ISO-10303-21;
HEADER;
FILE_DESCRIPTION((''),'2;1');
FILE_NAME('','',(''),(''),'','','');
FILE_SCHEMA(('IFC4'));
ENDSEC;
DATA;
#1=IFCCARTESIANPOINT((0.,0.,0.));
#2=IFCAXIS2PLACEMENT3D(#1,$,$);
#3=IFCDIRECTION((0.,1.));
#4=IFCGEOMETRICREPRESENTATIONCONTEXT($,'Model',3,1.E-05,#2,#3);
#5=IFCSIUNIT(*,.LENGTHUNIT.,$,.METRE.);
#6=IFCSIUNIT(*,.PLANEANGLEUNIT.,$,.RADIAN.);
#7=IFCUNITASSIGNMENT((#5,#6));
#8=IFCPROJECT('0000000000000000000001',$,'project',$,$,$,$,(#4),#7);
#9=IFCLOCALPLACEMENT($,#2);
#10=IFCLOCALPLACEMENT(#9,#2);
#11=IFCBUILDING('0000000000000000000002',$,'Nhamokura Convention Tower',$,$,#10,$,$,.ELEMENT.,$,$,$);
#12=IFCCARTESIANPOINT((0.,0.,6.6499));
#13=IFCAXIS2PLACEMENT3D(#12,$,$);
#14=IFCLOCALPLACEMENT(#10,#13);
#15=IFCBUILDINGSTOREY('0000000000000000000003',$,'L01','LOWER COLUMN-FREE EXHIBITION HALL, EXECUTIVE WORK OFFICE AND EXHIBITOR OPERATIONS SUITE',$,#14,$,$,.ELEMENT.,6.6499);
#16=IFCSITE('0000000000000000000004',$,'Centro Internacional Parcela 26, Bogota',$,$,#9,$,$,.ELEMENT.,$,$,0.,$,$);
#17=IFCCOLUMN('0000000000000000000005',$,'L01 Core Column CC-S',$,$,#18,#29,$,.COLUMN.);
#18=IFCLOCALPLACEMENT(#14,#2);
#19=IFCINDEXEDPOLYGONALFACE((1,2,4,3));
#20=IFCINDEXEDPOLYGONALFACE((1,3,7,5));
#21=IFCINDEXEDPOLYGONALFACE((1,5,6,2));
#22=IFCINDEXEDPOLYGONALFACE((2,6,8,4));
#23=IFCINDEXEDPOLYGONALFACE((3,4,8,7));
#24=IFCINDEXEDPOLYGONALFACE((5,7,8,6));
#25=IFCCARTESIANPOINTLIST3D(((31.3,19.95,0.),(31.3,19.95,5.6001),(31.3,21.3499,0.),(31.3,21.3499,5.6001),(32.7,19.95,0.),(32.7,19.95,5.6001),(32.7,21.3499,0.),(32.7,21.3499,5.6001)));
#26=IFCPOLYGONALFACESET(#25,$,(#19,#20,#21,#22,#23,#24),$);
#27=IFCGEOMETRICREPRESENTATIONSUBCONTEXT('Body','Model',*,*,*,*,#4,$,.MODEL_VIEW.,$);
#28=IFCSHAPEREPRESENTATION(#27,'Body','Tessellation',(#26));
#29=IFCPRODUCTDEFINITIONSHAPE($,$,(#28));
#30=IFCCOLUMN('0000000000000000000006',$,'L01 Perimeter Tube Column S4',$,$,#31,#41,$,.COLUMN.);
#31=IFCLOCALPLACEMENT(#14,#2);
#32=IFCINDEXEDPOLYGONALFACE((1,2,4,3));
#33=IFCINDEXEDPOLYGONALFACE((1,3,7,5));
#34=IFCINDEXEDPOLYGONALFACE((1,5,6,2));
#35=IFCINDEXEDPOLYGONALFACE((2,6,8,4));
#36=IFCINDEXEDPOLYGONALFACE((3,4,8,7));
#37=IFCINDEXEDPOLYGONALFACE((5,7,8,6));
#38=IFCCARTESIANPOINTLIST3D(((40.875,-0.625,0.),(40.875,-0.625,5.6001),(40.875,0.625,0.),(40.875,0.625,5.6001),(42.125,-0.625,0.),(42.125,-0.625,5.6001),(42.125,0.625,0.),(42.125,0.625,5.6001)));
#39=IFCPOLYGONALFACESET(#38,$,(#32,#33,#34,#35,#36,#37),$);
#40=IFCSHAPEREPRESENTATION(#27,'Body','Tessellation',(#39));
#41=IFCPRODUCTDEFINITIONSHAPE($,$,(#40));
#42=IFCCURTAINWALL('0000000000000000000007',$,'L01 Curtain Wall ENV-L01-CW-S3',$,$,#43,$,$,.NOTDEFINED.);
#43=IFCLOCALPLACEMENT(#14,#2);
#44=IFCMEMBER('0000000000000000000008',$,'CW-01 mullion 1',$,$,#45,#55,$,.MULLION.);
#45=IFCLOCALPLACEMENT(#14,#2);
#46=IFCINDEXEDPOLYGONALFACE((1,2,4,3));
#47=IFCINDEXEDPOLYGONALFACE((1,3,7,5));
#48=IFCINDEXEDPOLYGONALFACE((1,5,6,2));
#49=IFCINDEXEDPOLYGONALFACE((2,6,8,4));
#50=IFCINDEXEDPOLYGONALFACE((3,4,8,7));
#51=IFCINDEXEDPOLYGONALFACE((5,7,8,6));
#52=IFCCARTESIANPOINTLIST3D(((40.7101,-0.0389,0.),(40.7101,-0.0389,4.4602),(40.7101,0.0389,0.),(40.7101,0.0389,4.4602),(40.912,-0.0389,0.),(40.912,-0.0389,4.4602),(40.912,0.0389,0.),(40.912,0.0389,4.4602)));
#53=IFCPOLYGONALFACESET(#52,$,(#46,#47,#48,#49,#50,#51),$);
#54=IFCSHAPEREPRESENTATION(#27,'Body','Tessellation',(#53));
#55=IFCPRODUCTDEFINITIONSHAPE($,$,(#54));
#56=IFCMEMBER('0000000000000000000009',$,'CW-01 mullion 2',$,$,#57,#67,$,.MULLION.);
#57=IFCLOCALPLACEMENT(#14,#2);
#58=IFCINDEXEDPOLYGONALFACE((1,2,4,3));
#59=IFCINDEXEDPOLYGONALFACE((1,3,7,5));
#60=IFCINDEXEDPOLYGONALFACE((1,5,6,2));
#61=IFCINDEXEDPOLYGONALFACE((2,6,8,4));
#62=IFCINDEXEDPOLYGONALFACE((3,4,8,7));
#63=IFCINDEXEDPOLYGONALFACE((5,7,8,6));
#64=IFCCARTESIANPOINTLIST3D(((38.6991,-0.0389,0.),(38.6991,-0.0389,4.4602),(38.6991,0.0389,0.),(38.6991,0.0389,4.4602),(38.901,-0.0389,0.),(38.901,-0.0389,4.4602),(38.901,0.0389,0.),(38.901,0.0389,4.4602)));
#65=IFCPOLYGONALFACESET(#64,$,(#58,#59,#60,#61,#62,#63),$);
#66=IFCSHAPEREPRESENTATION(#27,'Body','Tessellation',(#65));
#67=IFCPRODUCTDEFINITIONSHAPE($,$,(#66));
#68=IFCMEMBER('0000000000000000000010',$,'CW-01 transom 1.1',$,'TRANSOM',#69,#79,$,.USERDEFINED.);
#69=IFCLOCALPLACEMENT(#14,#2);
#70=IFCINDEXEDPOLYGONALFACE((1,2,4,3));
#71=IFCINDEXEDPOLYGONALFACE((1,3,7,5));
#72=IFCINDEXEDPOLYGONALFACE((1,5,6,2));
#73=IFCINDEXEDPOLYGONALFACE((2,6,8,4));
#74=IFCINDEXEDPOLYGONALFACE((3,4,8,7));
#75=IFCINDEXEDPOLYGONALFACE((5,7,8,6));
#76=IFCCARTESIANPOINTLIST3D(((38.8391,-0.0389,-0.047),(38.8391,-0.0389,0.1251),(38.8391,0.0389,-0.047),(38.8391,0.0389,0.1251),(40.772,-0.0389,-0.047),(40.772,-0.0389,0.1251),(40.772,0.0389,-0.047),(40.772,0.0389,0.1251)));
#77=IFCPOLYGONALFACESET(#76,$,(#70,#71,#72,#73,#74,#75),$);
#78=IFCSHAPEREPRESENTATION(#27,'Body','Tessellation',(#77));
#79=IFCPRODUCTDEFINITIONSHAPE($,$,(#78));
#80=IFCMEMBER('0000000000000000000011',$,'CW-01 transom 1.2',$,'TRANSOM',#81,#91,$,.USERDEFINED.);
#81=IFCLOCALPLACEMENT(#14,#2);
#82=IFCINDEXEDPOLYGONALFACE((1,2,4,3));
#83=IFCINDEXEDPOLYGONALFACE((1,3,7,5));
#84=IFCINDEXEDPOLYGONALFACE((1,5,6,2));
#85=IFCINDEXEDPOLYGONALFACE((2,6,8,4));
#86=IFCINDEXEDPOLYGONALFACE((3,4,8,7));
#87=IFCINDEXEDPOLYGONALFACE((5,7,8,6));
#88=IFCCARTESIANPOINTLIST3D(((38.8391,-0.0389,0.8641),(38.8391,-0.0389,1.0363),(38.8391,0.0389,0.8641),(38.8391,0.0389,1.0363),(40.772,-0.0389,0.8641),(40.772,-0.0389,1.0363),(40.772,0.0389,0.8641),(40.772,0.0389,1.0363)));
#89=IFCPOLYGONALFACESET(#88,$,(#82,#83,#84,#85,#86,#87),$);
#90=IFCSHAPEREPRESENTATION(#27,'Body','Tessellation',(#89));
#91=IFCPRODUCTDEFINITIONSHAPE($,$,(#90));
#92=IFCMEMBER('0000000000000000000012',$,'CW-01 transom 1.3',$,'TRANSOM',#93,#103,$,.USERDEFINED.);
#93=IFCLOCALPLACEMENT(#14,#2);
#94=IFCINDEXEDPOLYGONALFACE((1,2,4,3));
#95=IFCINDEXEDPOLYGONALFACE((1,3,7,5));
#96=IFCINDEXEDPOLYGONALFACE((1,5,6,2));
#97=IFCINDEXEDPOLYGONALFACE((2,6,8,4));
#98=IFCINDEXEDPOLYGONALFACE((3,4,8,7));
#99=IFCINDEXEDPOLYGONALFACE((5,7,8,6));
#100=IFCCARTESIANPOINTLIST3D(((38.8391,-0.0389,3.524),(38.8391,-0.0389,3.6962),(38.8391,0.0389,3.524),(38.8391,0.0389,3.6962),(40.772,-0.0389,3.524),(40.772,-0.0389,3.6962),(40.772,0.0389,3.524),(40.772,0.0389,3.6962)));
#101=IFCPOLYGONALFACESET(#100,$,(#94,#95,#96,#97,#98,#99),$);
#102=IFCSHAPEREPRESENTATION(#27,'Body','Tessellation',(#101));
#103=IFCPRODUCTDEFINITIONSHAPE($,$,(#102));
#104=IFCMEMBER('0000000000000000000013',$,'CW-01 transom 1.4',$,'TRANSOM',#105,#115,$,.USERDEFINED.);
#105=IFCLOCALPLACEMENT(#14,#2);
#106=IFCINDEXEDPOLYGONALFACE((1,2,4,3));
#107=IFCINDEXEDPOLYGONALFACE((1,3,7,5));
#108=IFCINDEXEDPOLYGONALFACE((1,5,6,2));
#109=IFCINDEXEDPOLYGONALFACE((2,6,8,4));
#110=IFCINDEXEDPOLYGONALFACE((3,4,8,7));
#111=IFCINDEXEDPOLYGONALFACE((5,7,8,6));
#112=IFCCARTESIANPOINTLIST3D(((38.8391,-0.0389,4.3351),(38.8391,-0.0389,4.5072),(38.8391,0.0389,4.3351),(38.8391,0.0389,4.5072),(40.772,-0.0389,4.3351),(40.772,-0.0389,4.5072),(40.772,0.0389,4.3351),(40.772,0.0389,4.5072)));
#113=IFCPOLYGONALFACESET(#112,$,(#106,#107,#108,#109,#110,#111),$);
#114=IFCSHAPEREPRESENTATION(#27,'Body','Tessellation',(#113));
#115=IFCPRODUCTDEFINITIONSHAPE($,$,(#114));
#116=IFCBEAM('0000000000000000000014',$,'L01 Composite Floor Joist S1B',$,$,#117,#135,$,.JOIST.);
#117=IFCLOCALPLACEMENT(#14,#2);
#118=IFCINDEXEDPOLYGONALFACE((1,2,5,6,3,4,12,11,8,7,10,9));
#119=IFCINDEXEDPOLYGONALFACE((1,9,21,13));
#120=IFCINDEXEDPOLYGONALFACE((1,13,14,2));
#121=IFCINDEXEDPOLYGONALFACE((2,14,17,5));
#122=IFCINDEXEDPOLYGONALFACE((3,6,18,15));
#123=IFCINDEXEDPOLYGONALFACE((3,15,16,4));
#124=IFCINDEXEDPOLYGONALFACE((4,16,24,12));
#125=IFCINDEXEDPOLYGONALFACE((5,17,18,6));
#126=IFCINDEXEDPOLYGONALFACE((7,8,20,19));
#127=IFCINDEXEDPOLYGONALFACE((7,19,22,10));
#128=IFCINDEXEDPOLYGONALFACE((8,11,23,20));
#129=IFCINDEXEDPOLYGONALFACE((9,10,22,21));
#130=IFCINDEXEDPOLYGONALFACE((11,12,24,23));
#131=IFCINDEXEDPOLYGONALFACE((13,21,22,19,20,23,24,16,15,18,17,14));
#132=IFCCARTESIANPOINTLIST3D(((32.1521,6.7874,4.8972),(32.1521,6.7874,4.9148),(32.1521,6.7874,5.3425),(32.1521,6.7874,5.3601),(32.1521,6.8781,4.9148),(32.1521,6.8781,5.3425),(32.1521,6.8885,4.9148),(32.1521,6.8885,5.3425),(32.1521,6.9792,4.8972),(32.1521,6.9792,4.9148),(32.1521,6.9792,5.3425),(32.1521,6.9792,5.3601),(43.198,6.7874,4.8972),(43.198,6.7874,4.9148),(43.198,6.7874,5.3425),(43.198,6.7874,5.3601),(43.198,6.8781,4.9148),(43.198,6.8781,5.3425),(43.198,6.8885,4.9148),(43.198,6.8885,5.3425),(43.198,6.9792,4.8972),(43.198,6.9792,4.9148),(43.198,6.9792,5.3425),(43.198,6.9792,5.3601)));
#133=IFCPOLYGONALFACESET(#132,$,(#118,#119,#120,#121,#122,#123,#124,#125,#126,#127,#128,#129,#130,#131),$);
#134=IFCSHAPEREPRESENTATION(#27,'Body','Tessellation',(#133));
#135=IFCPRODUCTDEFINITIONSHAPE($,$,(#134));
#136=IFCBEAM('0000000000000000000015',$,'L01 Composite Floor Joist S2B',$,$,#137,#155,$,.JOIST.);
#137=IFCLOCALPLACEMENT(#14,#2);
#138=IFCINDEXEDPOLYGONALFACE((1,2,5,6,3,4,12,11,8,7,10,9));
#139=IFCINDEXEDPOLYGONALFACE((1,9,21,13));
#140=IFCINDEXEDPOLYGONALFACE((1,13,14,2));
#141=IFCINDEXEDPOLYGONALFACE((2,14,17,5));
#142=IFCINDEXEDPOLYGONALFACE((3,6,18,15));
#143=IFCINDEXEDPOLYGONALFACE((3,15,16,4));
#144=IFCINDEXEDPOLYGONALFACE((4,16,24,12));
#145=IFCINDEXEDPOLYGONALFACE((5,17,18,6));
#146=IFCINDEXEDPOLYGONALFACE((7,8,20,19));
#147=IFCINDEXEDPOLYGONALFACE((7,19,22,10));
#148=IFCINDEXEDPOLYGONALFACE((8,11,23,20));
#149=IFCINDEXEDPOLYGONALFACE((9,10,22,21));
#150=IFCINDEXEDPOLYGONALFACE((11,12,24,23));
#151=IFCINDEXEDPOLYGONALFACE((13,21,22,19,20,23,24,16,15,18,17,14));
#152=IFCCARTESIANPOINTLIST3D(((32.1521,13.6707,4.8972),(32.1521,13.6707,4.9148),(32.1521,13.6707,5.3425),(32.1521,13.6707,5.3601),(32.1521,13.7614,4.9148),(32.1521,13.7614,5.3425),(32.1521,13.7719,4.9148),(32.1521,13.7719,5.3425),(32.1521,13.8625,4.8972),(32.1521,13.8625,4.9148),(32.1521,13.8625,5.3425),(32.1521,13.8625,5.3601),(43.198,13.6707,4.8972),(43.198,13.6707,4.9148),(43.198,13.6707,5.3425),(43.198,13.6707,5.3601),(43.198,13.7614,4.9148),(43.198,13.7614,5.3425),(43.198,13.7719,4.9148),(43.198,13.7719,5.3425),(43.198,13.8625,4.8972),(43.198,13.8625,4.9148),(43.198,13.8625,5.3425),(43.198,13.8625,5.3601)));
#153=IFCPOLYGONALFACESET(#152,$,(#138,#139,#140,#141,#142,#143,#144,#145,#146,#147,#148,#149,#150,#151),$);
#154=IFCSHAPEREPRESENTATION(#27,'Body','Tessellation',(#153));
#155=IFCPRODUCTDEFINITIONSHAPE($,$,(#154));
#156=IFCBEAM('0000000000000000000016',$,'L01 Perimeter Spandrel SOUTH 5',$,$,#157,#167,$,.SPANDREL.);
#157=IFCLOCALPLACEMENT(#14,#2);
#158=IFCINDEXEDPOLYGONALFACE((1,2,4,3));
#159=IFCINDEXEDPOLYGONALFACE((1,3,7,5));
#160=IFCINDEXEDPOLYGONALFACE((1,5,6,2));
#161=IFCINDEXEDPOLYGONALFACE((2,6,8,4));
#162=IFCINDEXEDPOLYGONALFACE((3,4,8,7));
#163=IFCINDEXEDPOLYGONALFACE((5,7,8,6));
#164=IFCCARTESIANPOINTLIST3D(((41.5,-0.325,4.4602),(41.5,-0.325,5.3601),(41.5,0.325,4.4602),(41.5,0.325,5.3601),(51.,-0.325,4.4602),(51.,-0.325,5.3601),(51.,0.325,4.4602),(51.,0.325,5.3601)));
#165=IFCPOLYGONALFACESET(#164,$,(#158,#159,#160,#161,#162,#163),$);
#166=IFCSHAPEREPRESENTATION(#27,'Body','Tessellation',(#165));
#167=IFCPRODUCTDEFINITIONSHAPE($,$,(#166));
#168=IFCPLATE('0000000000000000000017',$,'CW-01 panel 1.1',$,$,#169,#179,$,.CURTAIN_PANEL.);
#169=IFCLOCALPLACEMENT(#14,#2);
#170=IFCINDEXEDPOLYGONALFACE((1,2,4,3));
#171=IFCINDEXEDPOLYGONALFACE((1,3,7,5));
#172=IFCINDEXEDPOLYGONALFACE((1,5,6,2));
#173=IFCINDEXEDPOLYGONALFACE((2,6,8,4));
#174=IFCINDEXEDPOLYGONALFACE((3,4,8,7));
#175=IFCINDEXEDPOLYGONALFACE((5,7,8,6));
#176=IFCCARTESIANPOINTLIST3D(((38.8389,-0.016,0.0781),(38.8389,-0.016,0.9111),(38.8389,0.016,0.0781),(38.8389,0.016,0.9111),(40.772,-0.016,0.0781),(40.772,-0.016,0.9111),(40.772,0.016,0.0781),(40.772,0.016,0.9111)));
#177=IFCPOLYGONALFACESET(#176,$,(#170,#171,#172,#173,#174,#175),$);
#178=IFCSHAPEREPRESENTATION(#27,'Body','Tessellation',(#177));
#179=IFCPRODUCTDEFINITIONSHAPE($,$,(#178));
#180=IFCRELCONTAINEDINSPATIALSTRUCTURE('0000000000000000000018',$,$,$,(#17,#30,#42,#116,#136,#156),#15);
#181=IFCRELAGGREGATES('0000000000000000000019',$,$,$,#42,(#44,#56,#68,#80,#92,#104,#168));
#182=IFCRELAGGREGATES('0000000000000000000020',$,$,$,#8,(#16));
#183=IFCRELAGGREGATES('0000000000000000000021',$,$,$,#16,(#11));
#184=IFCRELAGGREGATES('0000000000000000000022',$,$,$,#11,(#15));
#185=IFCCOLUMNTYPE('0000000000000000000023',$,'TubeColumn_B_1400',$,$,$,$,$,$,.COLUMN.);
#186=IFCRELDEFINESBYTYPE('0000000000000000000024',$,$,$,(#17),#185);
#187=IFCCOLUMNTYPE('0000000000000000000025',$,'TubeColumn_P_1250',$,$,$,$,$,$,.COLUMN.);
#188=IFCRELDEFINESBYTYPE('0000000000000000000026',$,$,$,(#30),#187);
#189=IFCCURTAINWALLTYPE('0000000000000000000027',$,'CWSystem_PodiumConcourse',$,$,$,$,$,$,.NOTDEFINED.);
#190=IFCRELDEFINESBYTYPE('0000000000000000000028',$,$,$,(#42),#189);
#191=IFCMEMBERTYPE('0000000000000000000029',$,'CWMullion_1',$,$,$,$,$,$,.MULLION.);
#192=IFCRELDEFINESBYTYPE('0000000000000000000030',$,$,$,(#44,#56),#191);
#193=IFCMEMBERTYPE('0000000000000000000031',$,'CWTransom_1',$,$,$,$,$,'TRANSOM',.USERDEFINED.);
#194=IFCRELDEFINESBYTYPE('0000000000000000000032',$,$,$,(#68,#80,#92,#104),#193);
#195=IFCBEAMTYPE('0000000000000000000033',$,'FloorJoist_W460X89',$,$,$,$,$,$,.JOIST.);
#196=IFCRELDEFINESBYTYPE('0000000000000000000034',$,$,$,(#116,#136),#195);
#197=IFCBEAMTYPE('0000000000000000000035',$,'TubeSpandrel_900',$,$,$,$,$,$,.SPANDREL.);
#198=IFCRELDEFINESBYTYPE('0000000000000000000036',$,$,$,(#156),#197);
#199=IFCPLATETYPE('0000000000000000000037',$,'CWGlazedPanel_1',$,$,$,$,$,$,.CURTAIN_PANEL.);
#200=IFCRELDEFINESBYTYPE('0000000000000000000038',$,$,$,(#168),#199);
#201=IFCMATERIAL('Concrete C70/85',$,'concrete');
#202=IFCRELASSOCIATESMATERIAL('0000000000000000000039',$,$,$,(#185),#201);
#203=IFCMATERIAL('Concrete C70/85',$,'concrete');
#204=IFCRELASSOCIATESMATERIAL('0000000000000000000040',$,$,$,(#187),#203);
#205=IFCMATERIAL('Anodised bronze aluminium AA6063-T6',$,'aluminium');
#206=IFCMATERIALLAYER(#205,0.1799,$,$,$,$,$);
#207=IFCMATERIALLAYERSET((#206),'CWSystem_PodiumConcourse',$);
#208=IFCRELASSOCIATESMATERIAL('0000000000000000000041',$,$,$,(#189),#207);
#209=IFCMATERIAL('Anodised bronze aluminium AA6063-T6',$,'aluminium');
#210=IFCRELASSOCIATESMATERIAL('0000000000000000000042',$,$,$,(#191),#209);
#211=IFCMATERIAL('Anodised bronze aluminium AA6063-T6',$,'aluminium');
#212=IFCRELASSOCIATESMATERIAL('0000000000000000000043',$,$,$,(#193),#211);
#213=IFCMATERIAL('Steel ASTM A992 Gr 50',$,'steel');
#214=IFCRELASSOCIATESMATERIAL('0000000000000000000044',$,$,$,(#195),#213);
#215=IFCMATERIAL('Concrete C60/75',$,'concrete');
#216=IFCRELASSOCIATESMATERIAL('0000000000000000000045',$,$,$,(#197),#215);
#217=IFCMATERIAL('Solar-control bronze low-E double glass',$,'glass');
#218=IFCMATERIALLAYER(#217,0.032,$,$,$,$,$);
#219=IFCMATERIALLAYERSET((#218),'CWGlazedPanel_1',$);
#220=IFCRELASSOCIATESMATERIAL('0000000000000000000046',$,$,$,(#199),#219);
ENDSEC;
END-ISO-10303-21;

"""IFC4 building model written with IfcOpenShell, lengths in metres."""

from ifc_helpers import new_model, si_unit, direction, frame, origin, origin_2d, place, context, subcontext, project, spatial, rectangle, i_section, extrude, material, layer, layer_set, material_profile, profile_set, type_object, element, aggregate, save


model = new_model("IFC4")

# Units and contexts
model_context = context("Model", 3, precision=1e-05, world=origin(), true_north=direction((0.0, 1.0)))
body_context = subcontext(model_context, "Body", "Model", "MODEL_VIEW")
ifc_project = project(units=[si_unit("LENGTHUNIT", "METRE"), si_unit("PLANEANGLEUNIT", "RADIAN")], contexts=[model_context])

# Site, building, storey
site_placement = place(None, origin())
site = spatial("IfcSite", under=ifc_project, at=site_placement, Name="Centro Internacional Parcela 26, Bogota", CompositionType="ELEMENT", RefElevation=0.0)
building_placement = place(site_placement, origin())
building = spatial("IfcBuilding", under=site, at=building_placement, Name="Nhamokura Convention Tower", CompositionType="ELEMENT")
storey_placement = place(building_placement, frame((0.0, 0.0, 6.6499)))
storey = spatial("IfcBuildingStorey", under=building, at=storey_placement, Name="L01", Description="LOWER COLUMN-FREE EXHIBITION HALL, EXECUTIVE WORK OFFICE AND EXHIBITOR OPERATIONS SUITE", CompositionType="ELEMENT", Elevation=6.6499)

# Columns
ifc_material_1 = material(Name="Concrete C70/85", Category="concrete")
ifc_material_profile_1 = material_profile(ifc_material_1, rectangle(XDim=1.3999, YDim=1.3999, at=origin_2d()))
ifc_profile_set_1 = profile_set([ifc_material_profile_1], Name="Concrete C70/85")
column_type_1 = type_object("IfcColumnType", Name="TubeColumn_B_1400", PredefinedType="COLUMN", material=ifc_profile_set_1)
column_1_placement = place(storey_placement, frame((32.0, 20.6499, 0.0), z_axis=(0.0, 0.0, 1.0), x_axis=(1.0, 0.0, 0.0)))
element("IfcColumn", 1, at=column_1_placement, inside=storey, type_object=column_type_1, Name="L01 Core Column CC-S", PredefinedType="COLUMN", context=body_context, shape_type="SweptSolid", body=[
    extrude(rectangle(XDim=1.3999, YDim=1.3999, at=origin_2d()), origin(), (0.0, 0.0, 1.0), 5.6001),
])
ifc_material_2 = material(Name="Concrete C70/85", Category="concrete")
ifc_material_profile_2 = material_profile(ifc_material_2, rectangle(XDim=1.25, YDim=1.25, at=origin_2d()))
ifc_profile_set_2 = profile_set([ifc_material_profile_2], Name="Concrete C70/85")
column_type_2 = type_object("IfcColumnType", Name="TubeColumn_P_1250", PredefinedType="COLUMN", material=ifc_profile_set_2)
column_2_placement = place(storey_placement, frame((41.5, 0.0, 0.0), z_axis=(0.0, 0.0, 1.0), x_axis=(1.0, 0.0, 0.0)))
element("IfcColumn", 2, at=column_2_placement, inside=storey, type_object=column_type_2, Name="L01 Perimeter Tube Column S4", PredefinedType="COLUMN", context=body_context, shape_type="SweptSolid", body=[
    extrude(rectangle(XDim=1.25, YDim=1.25, at=origin_2d()), origin(), (0.0, 0.0, 1.0), 5.6001),
])

# Curtain wall, members
ifc_material_3 = material(Name="Anodised bronze aluminium AA6063-T6", Category="aluminium")
ifc_layer_1 = layer(ifc_material_3, 0.1799)
ifc_layer_set_1 = layer_set([ifc_layer_1], Name="CWSystem_PodiumConcourse")
curtain_wall_type = type_object("IfcCurtainWallType", Name="CWSystem_PodiumConcourse", PredefinedType="NOTDEFINED", material=ifc_layer_set_1)
curtain_wall_placement = place(storey_placement, origin())
curtain_wall = element("IfcCurtainWall", 3, at=curtain_wall_placement, inside=storey, type_object=curtain_wall_type, Name="L01 Curtain Wall ENV-L01-CW-S3", PredefinedType="NOTDEFINED")
ifc_material_4 = material(Name="Anodised bronze aluminium AA6063-T6", Category="aluminium")
ifc_material_profile_3 = material_profile(ifc_material_4, rectangle(XDim=0.0779, YDim=0.2019, at=origin_2d()))
ifc_profile_set_3 = profile_set([ifc_material_profile_3], Name="Anodised bronze aluminium AA6063-T6")
member_type_1 = type_object("IfcMemberType", Name="CWMullion_1", PredefinedType="MULLION", material=ifc_profile_set_3)
member_1_placement = place(storey_placement, frame((40.811, 0.0, 0.0), z_axis=(0.0, 0.0, 1.0), x_axis=(0.0, -1.0, 0.0)))
member_1 = element("IfcMember", 4, at=member_1_placement, type_object=member_type_1, Name="CW-01 mullion 1", PredefinedType="MULLION", context=body_context, shape_type="SweptSolid", body=[
    extrude(rectangle(XDim=0.0779, YDim=0.2019, at=origin_2d()), origin(), (0.0, 0.0, 1.0), 4.4602),
])
member_2_placement = place(storey_placement, frame((38.8, 0.0, 0.0), z_axis=(0.0, 0.0, 1.0), x_axis=(0.0, -1.0, 0.0)))
member_2 = element("IfcMember", 5, at=member_2_placement, type_object=member_type_1, Name="CW-01 mullion 2", PredefinedType="MULLION", context=body_context, shape_type="SweptSolid", body=[
    extrude(rectangle(XDim=0.0779, YDim=0.2019, at=origin_2d()), origin(), (0.0, 0.0, 1.0), 4.4602),
])
ifc_material_5 = material(Name="Anodised bronze aluminium AA6063-T6", Category="aluminium")
ifc_material_profile_4 = material_profile(ifc_material_5, rectangle(XDim=0.0779, YDim=0.1721, at=origin_2d()))
ifc_profile_set_4 = profile_set([ifc_material_profile_4], Name="Anodised bronze aluminium AA6063-T6")
member_type_2 = type_object("IfcMemberType", Name="CWTransom_1", ElementType="TRANSOM", PredefinedType="USERDEFINED", material=ifc_profile_set_4)
member_3_placement = place(storey_placement, frame((40.772, 0.0, 0.0391), z_axis=(-1.0, 0.0, 0.0), x_axis=(0.0, -1.0, 0.0)))
member_3 = element("IfcMember", 6, at=member_3_placement, type_object=member_type_2, Name="CW-01 transom 1.1", ObjectType="TRANSOM", PredefinedType="USERDEFINED", context=body_context, shape_type="SweptSolid", body=[
    extrude(rectangle(XDim=0.0779, YDim=0.1721, at=origin_2d()), origin(), (0.0, 0.0, 1.0), 1.9329),
])
member_4_placement = place(storey_placement, frame((40.772, 0.0, 0.9502), z_axis=(-1.0, 0.0, 0.0), x_axis=(0.0, -1.0, 0.0)))
member_4 = element("IfcMember", 7, at=member_4_placement, type_object=member_type_2, Name="CW-01 transom 1.2", ObjectType="TRANSOM", PredefinedType="USERDEFINED", context=body_context, shape_type="SweptSolid", body=[
    extrude(rectangle(XDim=0.0779, YDim=0.1721, at=origin_2d()), origin(), (0.0, 0.0, 1.0), 1.9329),
])
member_5_placement = place(storey_placement, frame((40.772, 0.0, 3.6101), z_axis=(-1.0, 0.0, 0.0), x_axis=(0.0, -1.0, 0.0)))
member_5 = element("IfcMember", 8, at=member_5_placement, type_object=member_type_2, Name="CW-01 transom 1.3", ObjectType="TRANSOM", PredefinedType="USERDEFINED", context=body_context, shape_type="SweptSolid", body=[
    extrude(rectangle(XDim=0.0779, YDim=0.1721, at=origin_2d()), origin(), (0.0, 0.0, 1.0), 1.9329),
])
member_6_placement = place(storey_placement, frame((40.772, 0.0, 4.4211), z_axis=(-1.0, 0.0, 0.0), x_axis=(0.0, -1.0, 0.0)))
member_6 = element("IfcMember", 9, at=member_6_placement, type_object=member_type_2, Name="CW-01 transom 1.4", ObjectType="TRANSOM", PredefinedType="USERDEFINED", context=body_context, shape_type="SweptSolid", body=[
    extrude(rectangle(XDim=0.0779, YDim=0.1721, at=origin_2d()), origin(), (0.0, 0.0, 1.0), 1.9329),
])

# Beams
ifc_material_6 = material(Name="Steel ASTM A992 Gr 50", Category="steel")
ifc_material_profile_5 = material_profile(ifc_material_6, i_section(OverallWidth=0.1919, OverallDepth=0.4629, WebThickness=0.0105, FlangeThickness=0.0176, at=origin_2d()))
ifc_profile_set_5 = profile_set([ifc_material_profile_5], Name="Steel ASTM A992 Gr 50")
beam_type_1 = type_object("IfcBeamType", Name="FloorJoist_W460X89", PredefinedType="JOIST", material=ifc_profile_set_5)
for number, where, z_axis, x_axis, name in (
    (10, (32.1521, 6.8833, 5.1287), (1.0, 0.0, 0.0), (0.0, 1.0, 0.0), "L01 Composite Floor Joist S1B"),
    (11, (32.1521, 13.7666, 5.1287), (1.0, 0.0, 0.0), (0.0, 1.0, 0.0), "L01 Composite Floor Joist S2B"),
):
    element("IfcBeam", number, at=place(storey_placement, frame(where, z_axis=z_axis, x_axis=x_axis)), inside=storey, type_object=beam_type_1, Name=name, PredefinedType="JOIST", context=body_context, shape_type="SweptSolid", body=[
        extrude(i_section(OverallWidth=0.1919, OverallDepth=0.4629, WebThickness=0.0105, FlangeThickness=0.0176, at=origin_2d()), origin(), (0.0, 0.0, 1.0), 11.0459),
    ])
ifc_material_7 = material(Name="Concrete C60/75", Category="concrete")
ifc_material_profile_6 = material_profile(ifc_material_7, rectangle(XDim=0.6499, YDim=0.8999, at=origin_2d()))
ifc_profile_set_6 = profile_set([ifc_material_profile_6], Name="Concrete C60/75")
beam_type_2 = type_object("IfcBeamType", Name="TubeSpandrel_900", PredefinedType="SPANDREL", material=ifc_profile_set_6)
beam_placement = place(storey_placement, frame((41.5, 0.0, 4.9102), z_axis=(1.0, 0.0, 0.0), x_axis=(0.0, 1.0, 0.0)))
element("IfcBeam", 12, at=beam_placement, inside=storey, type_object=beam_type_2, Name="L01 Perimeter Spandrel SOUTH 5", PredefinedType="SPANDREL", context=body_context, shape_type="SweptSolid", body=[
    extrude(rectangle(XDim=0.6499, YDim=0.8999, at=origin_2d()), origin(), (0.0, 0.0, 1.0), 9.5),
])

# Plate
ifc_material_8 = material(Name="Solar-control bronze low-E double glass", Category="glass")
ifc_layer_2 = layer(ifc_material_8, 0.032)
ifc_layer_set_2 = layer_set([ifc_layer_2], Name="CWGlazedPanel_1")
plate_type = type_object("IfcPlateType", Name="CWGlazedPanel_1", PredefinedType="CURTAIN_PANEL", material=ifc_layer_set_2)
plate_1_placement = place(storey_placement, frame((39.8054, 0.0, 0.0781), z_axis=(0.0, 0.0, 1.0), x_axis=(-1.0, 0.0, 0.0)))
plate_1 = element("IfcPlate", 13, at=plate_1_placement, type_object=plate_type, Name="CW-01 panel 1.1", PredefinedType="CURTAIN_PANEL", context=body_context, shape_type="SweptSolid", body=[
    extrude(rectangle(XDim=1.9331, YDim=0.032, at=origin_2d()), origin(), (0.0, 0.0, 1.0), 0.833),
])
aggregate(curtain_wall, [member_1, member_2, member_3, member_4, member_5, member_6, plate_1])

save(model, "model.ifc")
